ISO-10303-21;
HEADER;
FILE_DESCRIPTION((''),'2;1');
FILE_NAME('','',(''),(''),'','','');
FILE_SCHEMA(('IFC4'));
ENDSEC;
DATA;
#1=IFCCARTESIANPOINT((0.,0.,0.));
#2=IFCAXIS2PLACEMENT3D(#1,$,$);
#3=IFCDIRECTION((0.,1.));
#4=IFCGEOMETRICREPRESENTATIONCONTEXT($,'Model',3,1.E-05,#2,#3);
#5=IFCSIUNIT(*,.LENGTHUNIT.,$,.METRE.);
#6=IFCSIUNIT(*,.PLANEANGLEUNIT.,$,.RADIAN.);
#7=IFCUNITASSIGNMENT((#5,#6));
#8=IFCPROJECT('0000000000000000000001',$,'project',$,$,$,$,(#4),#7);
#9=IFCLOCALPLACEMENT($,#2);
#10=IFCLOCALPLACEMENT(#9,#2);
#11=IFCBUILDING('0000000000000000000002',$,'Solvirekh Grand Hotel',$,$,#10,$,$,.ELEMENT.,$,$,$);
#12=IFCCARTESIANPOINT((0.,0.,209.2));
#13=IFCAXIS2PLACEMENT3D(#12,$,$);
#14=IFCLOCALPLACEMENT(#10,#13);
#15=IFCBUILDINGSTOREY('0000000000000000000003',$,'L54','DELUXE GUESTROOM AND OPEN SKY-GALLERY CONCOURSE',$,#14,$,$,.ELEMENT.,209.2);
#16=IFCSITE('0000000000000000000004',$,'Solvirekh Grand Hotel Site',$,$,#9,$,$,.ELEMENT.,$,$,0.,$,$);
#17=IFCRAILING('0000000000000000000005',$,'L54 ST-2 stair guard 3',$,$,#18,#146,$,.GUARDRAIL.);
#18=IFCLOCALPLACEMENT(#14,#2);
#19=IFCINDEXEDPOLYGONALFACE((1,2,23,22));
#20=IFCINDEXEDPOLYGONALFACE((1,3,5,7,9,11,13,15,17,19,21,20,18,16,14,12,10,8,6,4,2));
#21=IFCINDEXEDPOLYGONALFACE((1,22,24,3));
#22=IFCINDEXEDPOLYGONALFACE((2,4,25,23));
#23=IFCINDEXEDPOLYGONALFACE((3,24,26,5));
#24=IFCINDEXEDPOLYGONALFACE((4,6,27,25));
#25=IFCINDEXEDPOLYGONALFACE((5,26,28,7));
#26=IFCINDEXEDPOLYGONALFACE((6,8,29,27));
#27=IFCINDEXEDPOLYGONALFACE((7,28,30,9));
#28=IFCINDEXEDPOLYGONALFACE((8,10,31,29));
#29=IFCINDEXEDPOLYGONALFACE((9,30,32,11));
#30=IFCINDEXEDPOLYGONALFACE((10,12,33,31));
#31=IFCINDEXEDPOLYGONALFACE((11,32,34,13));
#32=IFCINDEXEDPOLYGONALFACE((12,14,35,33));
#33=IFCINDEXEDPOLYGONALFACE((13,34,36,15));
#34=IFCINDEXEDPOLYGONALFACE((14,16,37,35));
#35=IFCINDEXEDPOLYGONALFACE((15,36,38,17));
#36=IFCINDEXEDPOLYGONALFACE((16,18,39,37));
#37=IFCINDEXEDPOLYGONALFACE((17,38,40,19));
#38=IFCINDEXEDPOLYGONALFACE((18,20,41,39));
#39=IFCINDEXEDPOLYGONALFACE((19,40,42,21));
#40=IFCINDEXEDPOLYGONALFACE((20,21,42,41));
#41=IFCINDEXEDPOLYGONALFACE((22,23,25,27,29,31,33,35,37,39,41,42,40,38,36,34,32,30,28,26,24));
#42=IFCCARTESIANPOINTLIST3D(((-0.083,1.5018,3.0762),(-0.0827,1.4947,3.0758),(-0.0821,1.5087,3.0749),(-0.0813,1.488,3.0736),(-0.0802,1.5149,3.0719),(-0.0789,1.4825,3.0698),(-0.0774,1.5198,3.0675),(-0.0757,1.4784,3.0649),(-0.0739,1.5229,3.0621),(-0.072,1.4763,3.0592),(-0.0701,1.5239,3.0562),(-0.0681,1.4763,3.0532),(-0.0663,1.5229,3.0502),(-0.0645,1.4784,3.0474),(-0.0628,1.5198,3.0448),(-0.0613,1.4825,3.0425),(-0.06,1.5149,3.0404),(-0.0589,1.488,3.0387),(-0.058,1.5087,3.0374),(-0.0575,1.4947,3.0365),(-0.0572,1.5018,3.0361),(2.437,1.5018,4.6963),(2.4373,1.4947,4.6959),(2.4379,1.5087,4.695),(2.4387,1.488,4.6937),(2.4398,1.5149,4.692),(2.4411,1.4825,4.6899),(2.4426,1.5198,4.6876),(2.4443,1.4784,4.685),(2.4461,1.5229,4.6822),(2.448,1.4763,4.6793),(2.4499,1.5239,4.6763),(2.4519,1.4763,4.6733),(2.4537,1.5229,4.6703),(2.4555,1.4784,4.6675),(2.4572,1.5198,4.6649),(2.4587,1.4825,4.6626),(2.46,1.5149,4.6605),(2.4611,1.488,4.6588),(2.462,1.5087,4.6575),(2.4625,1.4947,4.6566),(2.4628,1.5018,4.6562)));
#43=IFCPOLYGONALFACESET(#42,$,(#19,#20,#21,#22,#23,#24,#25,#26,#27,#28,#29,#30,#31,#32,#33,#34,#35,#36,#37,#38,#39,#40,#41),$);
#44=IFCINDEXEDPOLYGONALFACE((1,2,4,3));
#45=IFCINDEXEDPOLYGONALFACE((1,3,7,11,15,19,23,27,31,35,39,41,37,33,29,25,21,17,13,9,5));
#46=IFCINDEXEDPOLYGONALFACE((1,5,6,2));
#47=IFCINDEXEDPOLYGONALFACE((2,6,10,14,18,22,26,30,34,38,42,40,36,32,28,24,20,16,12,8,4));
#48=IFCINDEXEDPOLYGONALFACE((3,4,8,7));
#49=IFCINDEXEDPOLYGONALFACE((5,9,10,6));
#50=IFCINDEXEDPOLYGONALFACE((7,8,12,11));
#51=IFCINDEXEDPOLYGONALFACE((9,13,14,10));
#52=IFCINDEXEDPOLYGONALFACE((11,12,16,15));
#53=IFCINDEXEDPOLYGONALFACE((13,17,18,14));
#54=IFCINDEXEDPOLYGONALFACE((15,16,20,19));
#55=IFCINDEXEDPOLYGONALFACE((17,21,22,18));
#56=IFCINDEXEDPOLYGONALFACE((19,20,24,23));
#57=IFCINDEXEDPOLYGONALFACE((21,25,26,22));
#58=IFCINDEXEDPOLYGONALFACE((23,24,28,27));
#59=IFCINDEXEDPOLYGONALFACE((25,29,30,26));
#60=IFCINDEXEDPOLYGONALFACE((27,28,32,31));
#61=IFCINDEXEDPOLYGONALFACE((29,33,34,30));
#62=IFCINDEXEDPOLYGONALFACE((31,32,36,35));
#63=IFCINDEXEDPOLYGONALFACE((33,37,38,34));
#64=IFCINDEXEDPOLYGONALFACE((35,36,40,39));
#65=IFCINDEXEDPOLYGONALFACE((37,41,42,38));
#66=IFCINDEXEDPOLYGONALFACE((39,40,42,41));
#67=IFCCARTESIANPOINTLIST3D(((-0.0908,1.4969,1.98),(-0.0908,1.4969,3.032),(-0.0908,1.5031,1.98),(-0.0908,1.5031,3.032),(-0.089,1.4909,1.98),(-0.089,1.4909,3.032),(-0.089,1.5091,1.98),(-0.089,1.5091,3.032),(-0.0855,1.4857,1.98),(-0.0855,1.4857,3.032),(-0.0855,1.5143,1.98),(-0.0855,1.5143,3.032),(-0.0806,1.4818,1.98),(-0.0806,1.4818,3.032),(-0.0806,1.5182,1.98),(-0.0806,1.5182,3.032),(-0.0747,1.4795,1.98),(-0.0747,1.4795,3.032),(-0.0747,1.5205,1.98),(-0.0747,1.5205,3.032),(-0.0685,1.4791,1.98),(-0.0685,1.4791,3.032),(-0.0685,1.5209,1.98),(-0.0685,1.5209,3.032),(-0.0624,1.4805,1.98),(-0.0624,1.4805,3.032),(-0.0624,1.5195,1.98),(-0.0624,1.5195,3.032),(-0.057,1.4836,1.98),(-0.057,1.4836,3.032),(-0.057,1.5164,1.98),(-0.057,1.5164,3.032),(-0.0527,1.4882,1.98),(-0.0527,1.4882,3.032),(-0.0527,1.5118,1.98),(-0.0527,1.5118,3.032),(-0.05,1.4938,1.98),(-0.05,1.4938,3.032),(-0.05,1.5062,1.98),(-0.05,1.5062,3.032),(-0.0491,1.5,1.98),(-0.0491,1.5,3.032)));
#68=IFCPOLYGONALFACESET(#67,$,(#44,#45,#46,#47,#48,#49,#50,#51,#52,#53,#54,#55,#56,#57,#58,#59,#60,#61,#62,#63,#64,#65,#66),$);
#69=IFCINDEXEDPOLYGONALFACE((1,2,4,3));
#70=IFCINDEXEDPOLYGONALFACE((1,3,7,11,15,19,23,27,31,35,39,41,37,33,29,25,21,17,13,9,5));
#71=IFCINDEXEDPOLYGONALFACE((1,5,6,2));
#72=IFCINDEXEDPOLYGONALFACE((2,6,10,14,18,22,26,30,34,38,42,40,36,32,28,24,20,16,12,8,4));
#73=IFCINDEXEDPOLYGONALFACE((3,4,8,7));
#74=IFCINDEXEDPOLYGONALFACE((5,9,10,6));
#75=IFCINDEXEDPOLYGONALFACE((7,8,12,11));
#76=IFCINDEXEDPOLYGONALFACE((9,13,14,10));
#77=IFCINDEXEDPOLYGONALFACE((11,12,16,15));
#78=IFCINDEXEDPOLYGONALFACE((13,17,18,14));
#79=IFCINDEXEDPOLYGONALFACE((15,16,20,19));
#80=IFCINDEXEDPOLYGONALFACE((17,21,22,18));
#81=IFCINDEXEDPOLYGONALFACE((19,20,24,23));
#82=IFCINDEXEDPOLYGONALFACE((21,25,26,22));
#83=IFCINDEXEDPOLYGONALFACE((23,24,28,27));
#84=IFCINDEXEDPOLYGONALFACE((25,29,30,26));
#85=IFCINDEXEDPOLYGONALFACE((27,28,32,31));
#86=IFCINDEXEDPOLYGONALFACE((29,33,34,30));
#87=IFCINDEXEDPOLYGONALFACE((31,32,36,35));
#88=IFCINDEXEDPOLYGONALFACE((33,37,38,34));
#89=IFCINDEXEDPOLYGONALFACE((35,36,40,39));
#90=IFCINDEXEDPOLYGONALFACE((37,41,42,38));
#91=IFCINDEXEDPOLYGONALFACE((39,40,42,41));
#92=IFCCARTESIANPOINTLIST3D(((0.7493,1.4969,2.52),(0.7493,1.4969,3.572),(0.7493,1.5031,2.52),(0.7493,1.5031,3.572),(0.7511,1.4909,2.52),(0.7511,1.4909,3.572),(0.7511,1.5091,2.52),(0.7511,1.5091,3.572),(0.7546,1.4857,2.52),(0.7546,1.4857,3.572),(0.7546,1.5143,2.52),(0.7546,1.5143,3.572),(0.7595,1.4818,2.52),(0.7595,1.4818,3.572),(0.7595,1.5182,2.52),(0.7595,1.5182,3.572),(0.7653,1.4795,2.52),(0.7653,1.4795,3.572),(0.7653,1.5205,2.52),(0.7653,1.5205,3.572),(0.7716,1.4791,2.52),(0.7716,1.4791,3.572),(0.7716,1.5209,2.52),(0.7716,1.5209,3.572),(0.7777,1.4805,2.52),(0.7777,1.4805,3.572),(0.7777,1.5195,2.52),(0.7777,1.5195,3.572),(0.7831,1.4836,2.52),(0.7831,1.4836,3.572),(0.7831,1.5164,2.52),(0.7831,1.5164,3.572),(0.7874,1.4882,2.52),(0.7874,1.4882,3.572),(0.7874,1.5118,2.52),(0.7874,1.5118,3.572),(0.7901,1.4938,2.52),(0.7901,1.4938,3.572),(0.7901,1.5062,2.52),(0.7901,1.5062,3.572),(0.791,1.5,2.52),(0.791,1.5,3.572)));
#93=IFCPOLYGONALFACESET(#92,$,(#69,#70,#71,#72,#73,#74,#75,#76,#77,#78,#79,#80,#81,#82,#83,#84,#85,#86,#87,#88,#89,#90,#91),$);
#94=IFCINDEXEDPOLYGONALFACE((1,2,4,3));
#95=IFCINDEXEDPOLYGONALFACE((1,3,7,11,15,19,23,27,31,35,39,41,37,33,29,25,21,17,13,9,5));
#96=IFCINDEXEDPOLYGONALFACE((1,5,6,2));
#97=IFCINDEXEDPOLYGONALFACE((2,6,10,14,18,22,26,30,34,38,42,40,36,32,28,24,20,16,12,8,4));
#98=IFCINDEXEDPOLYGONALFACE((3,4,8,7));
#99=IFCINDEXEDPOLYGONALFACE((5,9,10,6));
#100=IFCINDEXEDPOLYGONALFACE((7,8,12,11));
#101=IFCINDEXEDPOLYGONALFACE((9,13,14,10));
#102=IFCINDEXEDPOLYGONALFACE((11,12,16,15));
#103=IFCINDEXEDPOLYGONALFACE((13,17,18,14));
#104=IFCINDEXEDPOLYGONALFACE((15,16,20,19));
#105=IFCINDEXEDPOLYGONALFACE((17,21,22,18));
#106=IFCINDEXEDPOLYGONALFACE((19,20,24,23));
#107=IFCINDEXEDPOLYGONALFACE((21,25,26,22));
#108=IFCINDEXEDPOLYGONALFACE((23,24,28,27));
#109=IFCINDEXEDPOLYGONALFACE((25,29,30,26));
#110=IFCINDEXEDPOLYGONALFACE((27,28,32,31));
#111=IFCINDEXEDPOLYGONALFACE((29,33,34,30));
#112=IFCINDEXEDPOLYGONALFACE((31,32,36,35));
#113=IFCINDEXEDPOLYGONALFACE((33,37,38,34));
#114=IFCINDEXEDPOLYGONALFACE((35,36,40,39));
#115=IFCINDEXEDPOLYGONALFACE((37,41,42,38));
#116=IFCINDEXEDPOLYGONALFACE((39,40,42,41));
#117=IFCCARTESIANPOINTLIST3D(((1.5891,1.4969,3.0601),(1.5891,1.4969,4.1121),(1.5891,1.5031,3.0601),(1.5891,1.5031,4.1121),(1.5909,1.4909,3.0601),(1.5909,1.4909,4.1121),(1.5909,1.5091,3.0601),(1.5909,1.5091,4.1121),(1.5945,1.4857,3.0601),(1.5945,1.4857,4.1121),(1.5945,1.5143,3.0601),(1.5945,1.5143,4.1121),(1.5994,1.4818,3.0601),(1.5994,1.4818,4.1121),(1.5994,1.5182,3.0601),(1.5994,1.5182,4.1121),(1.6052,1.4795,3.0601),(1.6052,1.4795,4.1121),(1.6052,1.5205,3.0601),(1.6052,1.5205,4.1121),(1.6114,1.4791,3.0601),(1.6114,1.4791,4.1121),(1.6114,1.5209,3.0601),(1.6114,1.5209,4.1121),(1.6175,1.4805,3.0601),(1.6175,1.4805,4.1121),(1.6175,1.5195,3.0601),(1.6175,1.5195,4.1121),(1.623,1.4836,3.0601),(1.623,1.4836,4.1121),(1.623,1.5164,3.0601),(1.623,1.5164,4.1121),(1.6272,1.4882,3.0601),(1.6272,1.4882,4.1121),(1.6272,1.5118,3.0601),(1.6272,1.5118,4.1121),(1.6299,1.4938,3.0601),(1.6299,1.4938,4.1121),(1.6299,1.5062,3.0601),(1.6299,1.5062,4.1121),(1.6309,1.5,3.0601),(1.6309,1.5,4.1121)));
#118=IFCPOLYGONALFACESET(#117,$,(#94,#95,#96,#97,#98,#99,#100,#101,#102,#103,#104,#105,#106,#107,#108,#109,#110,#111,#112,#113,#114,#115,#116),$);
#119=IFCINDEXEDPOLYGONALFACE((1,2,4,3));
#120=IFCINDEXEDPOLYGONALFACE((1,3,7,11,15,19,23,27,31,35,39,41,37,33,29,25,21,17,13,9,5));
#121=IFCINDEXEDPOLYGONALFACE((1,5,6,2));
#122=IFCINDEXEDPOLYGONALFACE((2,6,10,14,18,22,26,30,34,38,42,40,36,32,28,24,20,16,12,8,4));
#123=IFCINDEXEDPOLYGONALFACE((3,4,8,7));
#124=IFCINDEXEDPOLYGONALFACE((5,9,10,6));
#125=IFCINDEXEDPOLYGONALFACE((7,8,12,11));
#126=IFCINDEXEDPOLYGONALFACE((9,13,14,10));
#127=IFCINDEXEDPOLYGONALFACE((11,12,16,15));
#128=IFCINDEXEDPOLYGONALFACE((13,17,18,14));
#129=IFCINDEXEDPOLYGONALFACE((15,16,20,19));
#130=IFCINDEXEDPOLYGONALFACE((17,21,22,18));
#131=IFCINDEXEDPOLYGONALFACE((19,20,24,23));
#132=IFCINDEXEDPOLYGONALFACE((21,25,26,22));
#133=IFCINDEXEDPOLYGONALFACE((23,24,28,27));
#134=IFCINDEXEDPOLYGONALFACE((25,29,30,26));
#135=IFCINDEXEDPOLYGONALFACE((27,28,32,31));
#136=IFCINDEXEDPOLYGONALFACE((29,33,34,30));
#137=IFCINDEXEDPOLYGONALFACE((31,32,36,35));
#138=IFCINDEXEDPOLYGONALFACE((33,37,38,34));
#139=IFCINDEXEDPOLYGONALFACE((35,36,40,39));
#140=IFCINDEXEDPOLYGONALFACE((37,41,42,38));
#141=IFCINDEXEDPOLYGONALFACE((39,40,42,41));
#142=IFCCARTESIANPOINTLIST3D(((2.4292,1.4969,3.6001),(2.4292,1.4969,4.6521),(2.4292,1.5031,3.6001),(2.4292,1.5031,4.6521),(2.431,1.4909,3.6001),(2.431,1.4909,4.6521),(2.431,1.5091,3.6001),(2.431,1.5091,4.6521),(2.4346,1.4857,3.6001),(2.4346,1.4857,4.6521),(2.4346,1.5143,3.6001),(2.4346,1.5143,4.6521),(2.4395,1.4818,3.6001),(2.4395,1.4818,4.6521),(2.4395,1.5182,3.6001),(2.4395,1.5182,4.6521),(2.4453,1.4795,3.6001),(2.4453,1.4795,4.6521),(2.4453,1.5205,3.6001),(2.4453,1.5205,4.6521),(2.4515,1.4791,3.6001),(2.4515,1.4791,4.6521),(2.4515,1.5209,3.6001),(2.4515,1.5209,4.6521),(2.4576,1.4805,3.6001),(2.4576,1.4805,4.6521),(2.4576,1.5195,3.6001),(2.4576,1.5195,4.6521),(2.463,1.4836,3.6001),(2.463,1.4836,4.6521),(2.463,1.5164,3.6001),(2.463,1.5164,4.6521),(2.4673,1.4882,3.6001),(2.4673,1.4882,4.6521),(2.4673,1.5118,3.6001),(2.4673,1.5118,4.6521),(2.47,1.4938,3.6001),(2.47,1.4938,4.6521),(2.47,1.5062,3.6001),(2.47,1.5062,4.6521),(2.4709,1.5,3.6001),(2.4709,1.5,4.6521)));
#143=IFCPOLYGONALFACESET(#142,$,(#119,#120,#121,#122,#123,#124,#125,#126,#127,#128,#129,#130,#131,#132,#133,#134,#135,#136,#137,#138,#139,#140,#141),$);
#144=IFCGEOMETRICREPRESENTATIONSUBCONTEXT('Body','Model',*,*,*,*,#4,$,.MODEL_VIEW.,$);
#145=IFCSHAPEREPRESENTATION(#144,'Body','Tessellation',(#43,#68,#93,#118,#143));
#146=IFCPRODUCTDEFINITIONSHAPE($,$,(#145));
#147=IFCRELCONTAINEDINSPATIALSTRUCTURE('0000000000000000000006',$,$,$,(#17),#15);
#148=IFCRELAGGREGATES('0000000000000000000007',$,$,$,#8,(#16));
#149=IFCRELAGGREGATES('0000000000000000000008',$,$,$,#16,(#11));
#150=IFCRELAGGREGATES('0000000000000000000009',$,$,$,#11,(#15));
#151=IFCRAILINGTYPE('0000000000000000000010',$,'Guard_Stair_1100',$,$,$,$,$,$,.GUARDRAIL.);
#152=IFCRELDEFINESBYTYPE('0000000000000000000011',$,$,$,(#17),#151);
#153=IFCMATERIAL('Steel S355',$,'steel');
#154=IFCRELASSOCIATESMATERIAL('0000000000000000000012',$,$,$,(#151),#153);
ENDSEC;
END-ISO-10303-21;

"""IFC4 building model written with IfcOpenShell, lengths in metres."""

from ifc_helpers import new_model, si_unit, direction, frame, origin, origin_2d, place, context, subcontext, project, spatial, circle, extrude, material, type_object, element, save


model = new_model("IFC4")

# Units and contexts
model_context = context("Model", 3, precision=1e-05, world=origin(), true_north=direction((0.0, 1.0)))
body_context = subcontext(model_context, "Body", "Model", "MODEL_VIEW")
ifc_project = project(units=[si_unit("LENGTHUNIT", "METRE"), si_unit("PLANEANGLEUNIT", "RADIAN")], contexts=[model_context])

# Site, building, storey
site_placement = place(None, origin())
site = spatial("IfcSite", under=ifc_project, at=site_placement, Name="Solvirekh Grand Hotel Site", CompositionType="ELEMENT", RefElevation=0.0)
building_placement = place(site_placement, origin())
building = spatial("IfcBuilding", under=site, at=building_placement, Name="Solvirekh Grand Hotel", CompositionType="ELEMENT")
storey_placement = place(building_placement, frame((0.0, 0.0, 209.2)))
storey = spatial("IfcBuildingStorey", under=building, at=storey_placement, Name="L54", Description="DELUXE GUESTROOM AND OPEN SKY-GALLERY CONCOURSE", CompositionType="ELEMENT", Elevation=209.2)

# Shared definitions
ifc_material_1 = material(Name="Steel S355", Category="steel")

# Railing
railing_type_1 = type_object("IfcRailingType", Name="Guard_Stair_1100", PredefinedType="GUARDRAIL", material=ifc_material_1)
railing_1_placement = place(storey_placement, frame((-0.0701, 1.5, 1.98)))
element("IfcRailing", 1, at=railing_1_placement, inside=storey, type_object=railing_type_1, Name="L54 ST-2 stair guard 3", PredefinedType="GUARDRAIL", context=body_context, shape_type="SweptSolid", body=[
    extrude(circle(Radius=0.0239, at=origin_2d()), frame((0.0, 0.0, 1.0762), z_axis=(0.841163, 0.0, 0.540782), x_axis=(0.0, 1.0, 0.0)), (0.0, 0.0, 1.0), 2.9958),
    extrude(circle(Radius=0.021, at=origin_2d()), origin(), (0.0, 0.0, 1.0), 1.052),
    extrude(circle(Radius=0.021, at=origin_2d()), frame((0.8401, 0.0, 0.54)), (0.0, 0.0, 1.0), 1.052),
    extrude(circle(Radius=0.021, at=origin_2d()), frame((1.6799, 0.0, 1.0801)), (0.0, 0.0, 1.0), 1.052),
    extrude(circle(Radius=0.021, at=origin_2d()), frame((2.52, 0.0, 1.6201)), (0.0, 0.0, 1.0), 1.052),
])

save(model, "model.ifc")
